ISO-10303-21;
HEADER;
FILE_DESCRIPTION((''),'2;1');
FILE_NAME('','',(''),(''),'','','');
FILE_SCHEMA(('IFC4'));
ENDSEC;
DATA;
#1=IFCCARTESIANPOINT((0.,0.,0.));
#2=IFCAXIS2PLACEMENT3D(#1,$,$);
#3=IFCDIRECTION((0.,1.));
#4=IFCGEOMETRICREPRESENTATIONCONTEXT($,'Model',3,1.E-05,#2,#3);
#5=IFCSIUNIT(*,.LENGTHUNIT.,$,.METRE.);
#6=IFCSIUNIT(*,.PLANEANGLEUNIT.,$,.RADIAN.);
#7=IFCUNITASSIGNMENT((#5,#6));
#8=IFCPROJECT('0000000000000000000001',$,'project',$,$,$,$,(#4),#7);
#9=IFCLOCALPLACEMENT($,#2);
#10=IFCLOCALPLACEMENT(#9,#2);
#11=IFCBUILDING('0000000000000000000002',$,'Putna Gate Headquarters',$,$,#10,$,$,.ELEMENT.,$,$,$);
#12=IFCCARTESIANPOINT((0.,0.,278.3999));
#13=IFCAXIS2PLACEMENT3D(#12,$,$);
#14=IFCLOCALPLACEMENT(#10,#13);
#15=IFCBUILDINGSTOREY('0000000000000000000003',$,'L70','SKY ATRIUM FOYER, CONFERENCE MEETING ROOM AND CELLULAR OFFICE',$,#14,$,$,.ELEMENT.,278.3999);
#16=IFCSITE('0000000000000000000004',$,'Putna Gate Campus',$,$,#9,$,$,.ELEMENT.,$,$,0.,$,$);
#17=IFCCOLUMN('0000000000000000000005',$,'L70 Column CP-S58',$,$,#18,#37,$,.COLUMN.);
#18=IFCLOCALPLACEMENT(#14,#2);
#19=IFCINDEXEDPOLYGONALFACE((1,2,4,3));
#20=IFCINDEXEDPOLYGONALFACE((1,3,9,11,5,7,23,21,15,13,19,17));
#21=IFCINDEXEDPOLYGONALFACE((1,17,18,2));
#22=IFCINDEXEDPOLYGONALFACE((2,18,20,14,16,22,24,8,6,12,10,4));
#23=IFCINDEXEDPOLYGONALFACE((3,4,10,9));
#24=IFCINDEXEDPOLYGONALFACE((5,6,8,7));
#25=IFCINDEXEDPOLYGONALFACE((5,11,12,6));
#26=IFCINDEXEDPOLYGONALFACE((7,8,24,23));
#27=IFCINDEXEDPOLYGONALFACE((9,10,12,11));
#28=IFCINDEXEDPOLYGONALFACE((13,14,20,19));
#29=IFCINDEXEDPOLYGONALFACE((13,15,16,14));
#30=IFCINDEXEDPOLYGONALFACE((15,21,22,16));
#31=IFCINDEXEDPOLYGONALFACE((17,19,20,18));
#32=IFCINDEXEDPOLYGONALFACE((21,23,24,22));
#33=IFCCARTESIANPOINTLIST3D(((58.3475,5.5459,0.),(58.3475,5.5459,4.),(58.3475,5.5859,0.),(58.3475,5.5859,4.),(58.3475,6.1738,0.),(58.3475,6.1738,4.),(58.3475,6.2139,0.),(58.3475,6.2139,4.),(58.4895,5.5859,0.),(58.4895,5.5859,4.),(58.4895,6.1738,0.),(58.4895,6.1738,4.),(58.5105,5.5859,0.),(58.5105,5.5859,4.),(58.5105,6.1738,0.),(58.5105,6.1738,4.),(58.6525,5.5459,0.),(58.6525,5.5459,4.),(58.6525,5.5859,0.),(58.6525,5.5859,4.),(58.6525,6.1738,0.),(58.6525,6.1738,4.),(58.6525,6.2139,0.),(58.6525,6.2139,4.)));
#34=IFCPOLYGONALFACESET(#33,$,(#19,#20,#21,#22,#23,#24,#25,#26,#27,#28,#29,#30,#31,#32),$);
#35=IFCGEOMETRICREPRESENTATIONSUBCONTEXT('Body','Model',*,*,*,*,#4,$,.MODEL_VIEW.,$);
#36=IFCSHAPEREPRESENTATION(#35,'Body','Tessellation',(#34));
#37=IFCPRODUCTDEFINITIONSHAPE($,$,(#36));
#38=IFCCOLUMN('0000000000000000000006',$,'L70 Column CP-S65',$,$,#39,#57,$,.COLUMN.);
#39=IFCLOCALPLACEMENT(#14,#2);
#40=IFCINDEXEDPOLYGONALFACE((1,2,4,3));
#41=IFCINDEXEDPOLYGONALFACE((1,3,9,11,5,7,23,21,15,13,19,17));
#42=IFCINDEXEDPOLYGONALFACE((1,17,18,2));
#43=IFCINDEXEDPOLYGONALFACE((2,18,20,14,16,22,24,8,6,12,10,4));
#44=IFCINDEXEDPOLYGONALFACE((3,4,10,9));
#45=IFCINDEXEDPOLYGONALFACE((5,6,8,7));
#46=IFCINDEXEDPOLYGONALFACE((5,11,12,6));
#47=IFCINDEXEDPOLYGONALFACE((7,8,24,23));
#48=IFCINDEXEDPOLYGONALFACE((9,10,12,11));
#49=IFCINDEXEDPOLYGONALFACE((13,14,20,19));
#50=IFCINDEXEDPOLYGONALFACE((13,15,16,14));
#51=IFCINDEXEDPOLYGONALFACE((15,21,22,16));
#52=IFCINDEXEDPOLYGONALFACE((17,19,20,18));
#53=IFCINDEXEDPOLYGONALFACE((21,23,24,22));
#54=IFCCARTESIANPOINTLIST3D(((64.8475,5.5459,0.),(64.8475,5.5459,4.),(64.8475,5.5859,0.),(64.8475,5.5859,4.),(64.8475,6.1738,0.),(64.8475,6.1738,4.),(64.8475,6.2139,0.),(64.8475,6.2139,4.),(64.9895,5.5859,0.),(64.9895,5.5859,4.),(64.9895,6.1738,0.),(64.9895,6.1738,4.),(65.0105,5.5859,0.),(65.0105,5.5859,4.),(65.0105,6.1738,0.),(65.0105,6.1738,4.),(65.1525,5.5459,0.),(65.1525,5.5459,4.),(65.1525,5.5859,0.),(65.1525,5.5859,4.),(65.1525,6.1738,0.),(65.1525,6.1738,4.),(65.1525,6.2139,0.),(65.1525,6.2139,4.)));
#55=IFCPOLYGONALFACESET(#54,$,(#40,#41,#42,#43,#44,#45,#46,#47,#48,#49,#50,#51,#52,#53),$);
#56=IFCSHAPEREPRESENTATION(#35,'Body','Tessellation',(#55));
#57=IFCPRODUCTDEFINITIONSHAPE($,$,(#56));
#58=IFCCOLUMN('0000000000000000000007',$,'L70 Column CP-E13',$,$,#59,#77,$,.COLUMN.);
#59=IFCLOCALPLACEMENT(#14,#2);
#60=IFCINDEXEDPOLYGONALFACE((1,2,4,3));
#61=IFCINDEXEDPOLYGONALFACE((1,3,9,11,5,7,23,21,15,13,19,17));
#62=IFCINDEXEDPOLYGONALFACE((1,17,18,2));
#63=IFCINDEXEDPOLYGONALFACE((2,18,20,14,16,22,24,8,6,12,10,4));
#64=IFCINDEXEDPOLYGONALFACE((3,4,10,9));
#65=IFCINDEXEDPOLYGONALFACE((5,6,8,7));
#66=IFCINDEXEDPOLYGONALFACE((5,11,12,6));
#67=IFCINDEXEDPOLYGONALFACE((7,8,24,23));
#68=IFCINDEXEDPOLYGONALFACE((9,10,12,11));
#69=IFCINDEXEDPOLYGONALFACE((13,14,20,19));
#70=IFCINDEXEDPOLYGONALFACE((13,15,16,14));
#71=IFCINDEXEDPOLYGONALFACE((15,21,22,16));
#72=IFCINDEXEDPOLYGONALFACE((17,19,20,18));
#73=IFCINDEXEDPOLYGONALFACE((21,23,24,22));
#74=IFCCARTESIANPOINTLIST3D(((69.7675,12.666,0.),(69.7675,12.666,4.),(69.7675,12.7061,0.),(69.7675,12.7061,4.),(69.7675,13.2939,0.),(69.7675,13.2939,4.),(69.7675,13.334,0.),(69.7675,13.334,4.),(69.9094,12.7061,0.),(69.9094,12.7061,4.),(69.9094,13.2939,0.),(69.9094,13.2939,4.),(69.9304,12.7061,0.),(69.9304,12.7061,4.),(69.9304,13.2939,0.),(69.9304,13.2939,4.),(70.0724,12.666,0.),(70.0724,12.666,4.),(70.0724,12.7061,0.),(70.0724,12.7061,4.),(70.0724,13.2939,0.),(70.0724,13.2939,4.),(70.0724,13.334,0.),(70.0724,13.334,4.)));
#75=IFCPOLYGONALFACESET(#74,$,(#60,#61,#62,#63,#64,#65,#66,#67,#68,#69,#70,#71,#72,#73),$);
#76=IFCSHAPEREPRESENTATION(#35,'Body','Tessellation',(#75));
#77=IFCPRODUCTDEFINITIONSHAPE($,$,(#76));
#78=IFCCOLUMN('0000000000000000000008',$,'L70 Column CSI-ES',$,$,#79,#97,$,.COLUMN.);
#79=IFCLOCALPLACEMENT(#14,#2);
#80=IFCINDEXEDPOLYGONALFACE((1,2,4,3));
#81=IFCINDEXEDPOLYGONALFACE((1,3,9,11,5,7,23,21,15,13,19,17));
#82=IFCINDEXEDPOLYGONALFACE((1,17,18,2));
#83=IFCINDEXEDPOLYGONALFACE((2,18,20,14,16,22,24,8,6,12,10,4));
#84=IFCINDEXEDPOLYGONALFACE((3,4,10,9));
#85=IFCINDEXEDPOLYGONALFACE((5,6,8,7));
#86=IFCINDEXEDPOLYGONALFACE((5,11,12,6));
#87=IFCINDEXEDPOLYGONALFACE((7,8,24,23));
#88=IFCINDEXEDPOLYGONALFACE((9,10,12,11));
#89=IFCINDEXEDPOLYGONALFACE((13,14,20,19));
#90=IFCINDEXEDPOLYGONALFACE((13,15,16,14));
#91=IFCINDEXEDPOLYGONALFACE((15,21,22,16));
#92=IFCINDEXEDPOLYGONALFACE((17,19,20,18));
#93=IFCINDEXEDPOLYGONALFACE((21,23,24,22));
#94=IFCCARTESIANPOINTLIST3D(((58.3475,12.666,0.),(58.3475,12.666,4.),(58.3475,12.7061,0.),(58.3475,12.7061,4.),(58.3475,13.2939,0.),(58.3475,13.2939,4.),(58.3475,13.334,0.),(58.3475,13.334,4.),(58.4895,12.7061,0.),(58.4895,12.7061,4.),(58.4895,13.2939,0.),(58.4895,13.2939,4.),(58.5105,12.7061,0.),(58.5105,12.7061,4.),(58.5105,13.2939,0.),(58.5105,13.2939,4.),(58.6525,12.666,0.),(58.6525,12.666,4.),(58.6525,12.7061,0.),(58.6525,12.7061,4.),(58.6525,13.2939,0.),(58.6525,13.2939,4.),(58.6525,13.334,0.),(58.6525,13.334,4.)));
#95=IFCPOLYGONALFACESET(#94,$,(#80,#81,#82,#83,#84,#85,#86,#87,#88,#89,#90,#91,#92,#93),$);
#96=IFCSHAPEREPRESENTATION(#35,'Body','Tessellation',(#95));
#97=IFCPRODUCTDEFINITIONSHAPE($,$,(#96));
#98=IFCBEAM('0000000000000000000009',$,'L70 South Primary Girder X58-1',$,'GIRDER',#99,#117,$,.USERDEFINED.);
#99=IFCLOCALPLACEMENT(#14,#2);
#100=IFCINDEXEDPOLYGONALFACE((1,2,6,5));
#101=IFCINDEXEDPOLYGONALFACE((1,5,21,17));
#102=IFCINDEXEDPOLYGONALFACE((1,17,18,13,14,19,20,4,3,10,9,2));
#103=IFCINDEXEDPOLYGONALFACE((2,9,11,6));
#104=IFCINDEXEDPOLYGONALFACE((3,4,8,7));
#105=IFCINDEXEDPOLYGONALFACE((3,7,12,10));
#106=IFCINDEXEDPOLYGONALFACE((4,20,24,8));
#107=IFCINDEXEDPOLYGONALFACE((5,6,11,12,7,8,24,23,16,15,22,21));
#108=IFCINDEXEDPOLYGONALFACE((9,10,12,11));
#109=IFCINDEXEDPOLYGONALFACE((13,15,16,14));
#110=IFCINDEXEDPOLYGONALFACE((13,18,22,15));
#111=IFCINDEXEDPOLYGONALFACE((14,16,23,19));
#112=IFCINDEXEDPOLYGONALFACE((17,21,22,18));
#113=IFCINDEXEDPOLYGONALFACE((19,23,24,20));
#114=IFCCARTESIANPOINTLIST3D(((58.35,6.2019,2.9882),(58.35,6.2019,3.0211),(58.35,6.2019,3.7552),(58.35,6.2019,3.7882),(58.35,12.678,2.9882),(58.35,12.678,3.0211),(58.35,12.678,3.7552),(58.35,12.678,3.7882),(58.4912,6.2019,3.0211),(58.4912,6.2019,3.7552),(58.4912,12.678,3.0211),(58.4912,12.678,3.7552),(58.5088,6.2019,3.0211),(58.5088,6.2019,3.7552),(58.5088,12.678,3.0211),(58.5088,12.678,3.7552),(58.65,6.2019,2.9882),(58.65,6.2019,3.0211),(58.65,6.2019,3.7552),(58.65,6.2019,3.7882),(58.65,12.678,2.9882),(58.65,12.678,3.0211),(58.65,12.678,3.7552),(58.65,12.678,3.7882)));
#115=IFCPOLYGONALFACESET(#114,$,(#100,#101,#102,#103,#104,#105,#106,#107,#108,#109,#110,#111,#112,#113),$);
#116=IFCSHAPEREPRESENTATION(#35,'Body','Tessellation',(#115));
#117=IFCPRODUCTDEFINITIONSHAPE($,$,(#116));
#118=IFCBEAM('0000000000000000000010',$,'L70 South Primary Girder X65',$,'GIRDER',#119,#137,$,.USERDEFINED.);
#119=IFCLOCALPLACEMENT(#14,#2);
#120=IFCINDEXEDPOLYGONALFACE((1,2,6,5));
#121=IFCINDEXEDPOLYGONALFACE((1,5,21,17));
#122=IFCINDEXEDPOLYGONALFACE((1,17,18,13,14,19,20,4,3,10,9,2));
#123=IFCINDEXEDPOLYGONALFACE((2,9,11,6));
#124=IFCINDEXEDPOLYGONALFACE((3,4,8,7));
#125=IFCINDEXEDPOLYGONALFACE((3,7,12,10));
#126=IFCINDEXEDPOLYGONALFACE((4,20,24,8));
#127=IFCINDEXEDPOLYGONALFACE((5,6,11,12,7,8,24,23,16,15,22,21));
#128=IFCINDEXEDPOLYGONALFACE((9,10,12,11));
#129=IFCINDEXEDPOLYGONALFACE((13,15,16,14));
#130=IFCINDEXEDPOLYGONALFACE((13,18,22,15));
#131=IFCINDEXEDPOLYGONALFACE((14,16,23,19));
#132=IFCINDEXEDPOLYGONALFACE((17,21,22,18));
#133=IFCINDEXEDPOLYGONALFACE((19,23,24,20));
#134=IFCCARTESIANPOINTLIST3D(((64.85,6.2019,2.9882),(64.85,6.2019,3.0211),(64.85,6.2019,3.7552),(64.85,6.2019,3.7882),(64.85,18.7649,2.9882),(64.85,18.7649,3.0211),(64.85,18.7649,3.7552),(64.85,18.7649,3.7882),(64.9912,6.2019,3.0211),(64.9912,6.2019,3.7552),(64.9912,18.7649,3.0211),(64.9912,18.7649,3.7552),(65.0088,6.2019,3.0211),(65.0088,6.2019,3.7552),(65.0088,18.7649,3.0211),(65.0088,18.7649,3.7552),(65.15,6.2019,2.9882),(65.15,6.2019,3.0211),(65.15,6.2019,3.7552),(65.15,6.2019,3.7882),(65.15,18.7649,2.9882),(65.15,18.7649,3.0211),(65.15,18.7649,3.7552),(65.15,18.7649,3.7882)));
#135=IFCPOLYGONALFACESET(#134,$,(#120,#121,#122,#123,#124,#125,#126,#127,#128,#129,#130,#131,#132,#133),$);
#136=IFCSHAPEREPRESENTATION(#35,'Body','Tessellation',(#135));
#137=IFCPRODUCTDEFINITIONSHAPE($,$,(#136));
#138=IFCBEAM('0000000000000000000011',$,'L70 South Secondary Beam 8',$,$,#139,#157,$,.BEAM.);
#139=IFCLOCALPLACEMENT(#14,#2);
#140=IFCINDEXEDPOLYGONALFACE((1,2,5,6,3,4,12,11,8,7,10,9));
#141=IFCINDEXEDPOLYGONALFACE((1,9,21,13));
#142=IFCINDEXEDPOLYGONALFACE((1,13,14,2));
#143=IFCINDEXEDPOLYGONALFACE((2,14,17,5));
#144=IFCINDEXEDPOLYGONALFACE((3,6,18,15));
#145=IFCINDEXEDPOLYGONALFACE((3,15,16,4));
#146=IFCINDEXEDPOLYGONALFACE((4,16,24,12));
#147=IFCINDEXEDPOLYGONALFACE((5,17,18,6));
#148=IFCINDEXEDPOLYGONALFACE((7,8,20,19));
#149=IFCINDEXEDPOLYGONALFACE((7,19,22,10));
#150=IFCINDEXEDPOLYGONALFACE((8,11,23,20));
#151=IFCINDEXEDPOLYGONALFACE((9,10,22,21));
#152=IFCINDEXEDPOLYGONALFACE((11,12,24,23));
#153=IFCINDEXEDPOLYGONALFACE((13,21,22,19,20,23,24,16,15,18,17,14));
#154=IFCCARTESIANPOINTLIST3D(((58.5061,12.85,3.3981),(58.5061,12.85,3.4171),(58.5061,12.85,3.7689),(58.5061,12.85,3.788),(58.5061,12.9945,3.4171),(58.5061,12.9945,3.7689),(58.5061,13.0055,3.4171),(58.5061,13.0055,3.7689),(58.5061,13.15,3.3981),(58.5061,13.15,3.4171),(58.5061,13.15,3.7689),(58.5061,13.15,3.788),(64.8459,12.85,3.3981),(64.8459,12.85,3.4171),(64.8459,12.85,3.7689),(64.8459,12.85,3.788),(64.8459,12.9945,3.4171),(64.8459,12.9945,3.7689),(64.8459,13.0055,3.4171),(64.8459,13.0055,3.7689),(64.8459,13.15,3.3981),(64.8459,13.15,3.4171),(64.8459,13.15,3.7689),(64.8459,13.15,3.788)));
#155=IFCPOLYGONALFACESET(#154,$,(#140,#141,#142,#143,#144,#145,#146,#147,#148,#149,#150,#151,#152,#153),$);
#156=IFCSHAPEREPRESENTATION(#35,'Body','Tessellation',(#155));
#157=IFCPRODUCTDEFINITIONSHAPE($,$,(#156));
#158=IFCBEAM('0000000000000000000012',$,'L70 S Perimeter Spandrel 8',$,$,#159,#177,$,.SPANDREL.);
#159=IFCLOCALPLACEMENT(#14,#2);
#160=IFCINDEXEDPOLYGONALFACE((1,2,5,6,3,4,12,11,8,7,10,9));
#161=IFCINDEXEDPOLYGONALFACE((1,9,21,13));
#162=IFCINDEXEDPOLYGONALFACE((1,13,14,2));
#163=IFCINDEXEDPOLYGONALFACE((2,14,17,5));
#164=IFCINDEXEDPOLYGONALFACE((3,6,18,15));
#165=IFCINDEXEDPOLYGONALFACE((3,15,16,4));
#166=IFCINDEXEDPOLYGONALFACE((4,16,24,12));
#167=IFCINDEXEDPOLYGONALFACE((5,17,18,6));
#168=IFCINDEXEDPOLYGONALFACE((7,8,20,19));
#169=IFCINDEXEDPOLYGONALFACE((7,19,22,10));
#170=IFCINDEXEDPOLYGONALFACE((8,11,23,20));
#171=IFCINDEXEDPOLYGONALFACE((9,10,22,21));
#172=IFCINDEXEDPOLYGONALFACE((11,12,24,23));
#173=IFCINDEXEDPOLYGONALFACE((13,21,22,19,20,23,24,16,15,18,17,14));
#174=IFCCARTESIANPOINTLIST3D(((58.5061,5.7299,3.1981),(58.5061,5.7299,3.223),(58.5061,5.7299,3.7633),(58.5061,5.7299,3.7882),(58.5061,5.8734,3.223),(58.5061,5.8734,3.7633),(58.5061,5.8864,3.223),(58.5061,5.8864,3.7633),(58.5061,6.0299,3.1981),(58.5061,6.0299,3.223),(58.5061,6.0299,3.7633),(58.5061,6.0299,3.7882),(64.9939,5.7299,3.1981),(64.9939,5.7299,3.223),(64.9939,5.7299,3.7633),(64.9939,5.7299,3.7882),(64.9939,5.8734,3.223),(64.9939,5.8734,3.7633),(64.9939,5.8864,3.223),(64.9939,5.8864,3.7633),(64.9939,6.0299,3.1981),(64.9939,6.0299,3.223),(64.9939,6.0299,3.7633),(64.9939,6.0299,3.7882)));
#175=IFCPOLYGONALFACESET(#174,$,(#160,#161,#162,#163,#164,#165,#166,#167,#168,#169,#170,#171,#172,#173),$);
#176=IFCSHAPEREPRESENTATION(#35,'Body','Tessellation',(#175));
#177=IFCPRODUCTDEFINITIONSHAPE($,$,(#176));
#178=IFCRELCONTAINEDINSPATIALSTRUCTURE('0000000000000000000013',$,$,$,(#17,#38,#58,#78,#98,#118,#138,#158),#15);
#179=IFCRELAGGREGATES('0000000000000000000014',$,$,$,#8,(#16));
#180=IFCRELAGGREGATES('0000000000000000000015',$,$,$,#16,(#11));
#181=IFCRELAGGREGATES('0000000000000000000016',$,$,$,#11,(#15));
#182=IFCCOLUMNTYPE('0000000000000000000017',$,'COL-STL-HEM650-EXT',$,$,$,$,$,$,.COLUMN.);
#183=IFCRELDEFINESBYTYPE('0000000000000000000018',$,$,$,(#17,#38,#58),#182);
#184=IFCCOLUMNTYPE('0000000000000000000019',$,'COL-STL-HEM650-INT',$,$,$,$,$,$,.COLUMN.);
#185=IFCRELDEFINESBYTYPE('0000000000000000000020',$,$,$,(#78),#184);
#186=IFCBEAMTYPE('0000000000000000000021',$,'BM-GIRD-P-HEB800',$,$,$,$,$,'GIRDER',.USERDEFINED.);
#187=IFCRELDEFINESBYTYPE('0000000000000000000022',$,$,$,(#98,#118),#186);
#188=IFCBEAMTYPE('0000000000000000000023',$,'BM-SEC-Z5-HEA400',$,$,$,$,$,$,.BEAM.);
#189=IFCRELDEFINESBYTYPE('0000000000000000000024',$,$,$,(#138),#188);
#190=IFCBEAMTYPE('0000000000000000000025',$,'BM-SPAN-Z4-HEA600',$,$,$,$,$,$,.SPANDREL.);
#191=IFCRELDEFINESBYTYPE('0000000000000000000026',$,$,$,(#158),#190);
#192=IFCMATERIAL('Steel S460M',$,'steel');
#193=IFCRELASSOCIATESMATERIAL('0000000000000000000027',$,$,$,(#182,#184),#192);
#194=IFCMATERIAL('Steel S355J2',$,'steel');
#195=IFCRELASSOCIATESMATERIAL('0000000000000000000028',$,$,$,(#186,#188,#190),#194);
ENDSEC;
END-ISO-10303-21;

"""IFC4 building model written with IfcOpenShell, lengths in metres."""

from ifc_helpers import new_model, si_unit, direction, frame, origin, origin_2d, place, context, subcontext, project, spatial, i_section, extrude, material, material_profile, profile_set, type_object, element, save


model = new_model("IFC4")

# Units and contexts
model_context = context("Model", 3, precision=1e-05, world=origin(), true_north=direction((0.0, 1.0)))
body_context = subcontext(model_context, "Body", "Model", "MODEL_VIEW")
ifc_project = project(units=[si_unit("LENGTHUNIT", "METRE"), si_unit("PLANEANGLEUNIT", "RADIAN")], contexts=[model_context])

# Site, building, storey
site_placement = place(None, origin())
site = spatial("IfcSite", under=ifc_project, at=site_placement, Name="Putna Gate Campus", CompositionType="ELEMENT", RefElevation=0.0)
building_placement = place(site_placement, origin())
building = spatial("IfcBuilding", under=site, at=building_placement, Name="Putna Gate Headquarters", CompositionType="ELEMENT")
storey_placement = place(building_placement, frame((0.0, 0.0, 278.3999)))
storey = spatial("IfcBuildingStorey", under=building, at=storey_placement, Name="L70", Description="SKY ATRIUM FOYER, CONFERENCE MEETING ROOM AND CELLULAR OFFICE", CompositionType="ELEMENT", Elevation=278.3999)

# Columns
ifc_material_1 = material(Name="Steel S460M", Category="steel")
ifc_material_profile_1 = material_profile(ifc_material_1, i_section(OverallWidth=0.3049, OverallDepth=0.668, WebThickness=0.021, FlangeThickness=0.04, at=origin_2d()), Name="Steel S460M")
ifc_profile_set_1 = profile_set([ifc_material_profile_1], Name="Steel S460M")
column_type_1 = type_object("IfcColumnType", Name="COL-STL-HEM650-EXT", PredefinedType="COLUMN", material=ifc_profile_set_1)
for number, where, z_axis, x_axis, name in (
    (1, (58.5, 5.8799, 0.0), (0.0, 0.0, 1.0), (1.0, 0.0, 0.0), "L70 Column CP-S58"),
    (2, (65.0, 5.8799, 0.0), (0.0, 0.0, 1.0), (1.0, 0.0, 0.0), "L70 Column CP-S65"),
    (3, (69.9199, 13.0, 0.0), (0.0, 0.0, 1.0), (1.0, 0.0, 0.0), "L70 Column CP-E13"),
):
    element("IfcColumn", number, at=place(storey_placement, frame(where, z_axis=z_axis, x_axis=x_axis)), inside=storey, type_object=column_type_1, Name=name, PredefinedType="COLUMN", context=body_context, shape_type="SweptSolid", body=[
        extrude(i_section(OverallWidth=0.3049, OverallDepth=0.668, WebThickness=0.021, FlangeThickness=0.04, at=origin_2d()), origin(), (0.0, 0.0, 1.0), 4.0),
    ])
ifc_material_profile_2 = material_profile(ifc_material_1, i_section(OverallWidth=0.3049, OverallDepth=0.668, WebThickness=0.021, FlangeThickness=0.04, at=origin_2d()), Name="Steel S460M")
ifc_profile_set_2 = profile_set([ifc_material_profile_2], Name="Steel S460M")
column_type_2 = type_object("IfcColumnType", Name="COL-STL-HEM650-INT", PredefinedType="COLUMN", material=ifc_profile_set_2)
column_placement = place(storey_placement, frame((58.5, 13.0, 0.0), z_axis=(0.0, 0.0, 1.0), x_axis=(1.0, 0.0, 0.0)))
element("IfcColumn", 4, at=column_placement, inside=storey, type_object=column_type_2, Name="L70 Column CSI-ES", PredefinedType="COLUMN", context=body_context, shape_type="SweptSolid", body=[
    extrude(i_section(OverallWidth=0.3049, OverallDepth=0.668, WebThickness=0.021, FlangeThickness=0.04, at=origin_2d()), origin(), (0.0, 0.0, 1.0), 4.0),
])

# Beams
ifc_material_2 = material(Name="Steel S355J2", Category="steel")
ifc_material_profile_3 = material_profile(ifc_material_2, i_section(OverallWidth=0.3, OverallDepth=0.8, WebThickness=0.0176, FlangeThickness=0.033, at=origin_2d()), Name="Steel S355J2")
ifc_profile_set_3 = profile_set([ifc_material_profile_3], Name="Steel S355J2")
beam_type_1 = type_object("IfcBeamType", Name="BM-GIRD-P-HEB800", ElementType="GIRDER", PredefinedType="USERDEFINED", material=ifc_profile_set_3)
beam_1_placement = place(storey_placement, frame((58.5, 6.2019, 3.3882), z_axis=(0.0, 1.0, 0.0), x_axis=(-1.0, 0.0, 0.0)))
element("IfcBeam", 5, at=beam_1_placement, inside=storey, type_object=beam_type_1, Name="L70 South Primary Girder X58-1", ObjectType="GIRDER", PredefinedType="USERDEFINED", context=body_context, shape_type="SweptSolid", body=[
    extrude(i_section(OverallWidth=0.3, OverallDepth=0.8, WebThickness=0.0176, FlangeThickness=0.033, at=origin_2d()), origin(), (0.0, 0.0, 1.0), 6.4761),
])
beam_2_placement = place(storey_placement, frame((65.0, 6.2019, 3.3882), z_axis=(0.0, 1.0, 0.0), x_axis=(-1.0, 0.0, 0.0)))
element("IfcBeam", 6, at=beam_2_placement, inside=storey, type_object=beam_type_1, Name="L70 South Primary Girder X65", ObjectType="GIRDER", PredefinedType="USERDEFINED", context=body_context, shape_type="SweptSolid", body=[
    extrude(i_section(OverallWidth=0.3, OverallDepth=0.8, WebThickness=0.0176, FlangeThickness=0.033, at=origin_2d()), origin(), (0.0, 0.0, 1.0), 12.563),
])
ifc_material_profile_4 = material_profile(ifc_material_2, i_section(OverallWidth=0.3, OverallDepth=0.3899, WebThickness=0.011, FlangeThickness=0.019, at=origin_2d()), Name="Steel S355J2")
ifc_profile_set_4 = profile_set([ifc_material_profile_4], Name="Steel S355J2")
beam_type_2 = type_object("IfcBeamType", Name="BM-SEC-Z5-HEA400", PredefinedType="BEAM", material=ifc_profile_set_4)
beam_3_placement = place(storey_placement, frame((58.5061, 13.0, 3.593), z_axis=(1.0, 0.0, 0.0), x_axis=(0.0, 1.0, 0.0)))
element("IfcBeam", 7, at=beam_3_placement, inside=storey, type_object=beam_type_2, Name="L70 South Secondary Beam 8", PredefinedType="BEAM", context=body_context, shape_type="SweptSolid", body=[
    extrude(i_section(OverallWidth=0.3, OverallDepth=0.3899, WebThickness=0.011, FlangeThickness=0.019, at=origin_2d()), origin(), (0.0, 0.0, 1.0), 6.3398),
])
ifc_material_profile_5 = material_profile(ifc_material_2, i_section(OverallWidth=0.3, OverallDepth=0.5901, WebThickness=0.0129, FlangeThickness=0.0249, at=origin_2d()), Name="Steel S355J2")
ifc_profile_set_5 = profile_set([ifc_material_profile_5], Name="Steel S355J2")
beam_type_3 = type_object("IfcBeamType", Name="BM-SPAN-Z4-HEA600", PredefinedType="SPANDREL", material=ifc_profile_set_5)
beam_4_placement = place(storey_placement, frame((58.5061, 5.8799, 3.4932), z_axis=(1.0, 0.0, 0.0), x_axis=(0.0, 1.0, 0.0)))
element("IfcBeam", 8, at=beam_4_placement, inside=storey, type_object=beam_type_3, Name="L70 S Perimeter Spandrel 8", PredefinedType="SPANDREL", context=body_context, shape_type="SweptSolid", body=[
    extrude(i_section(OverallWidth=0.3, OverallDepth=0.5901, WebThickness=0.0129, FlangeThickness=0.0249, at=origin_2d()), origin(), (0.0, 0.0, 1.0), 6.4878),
])

save(model, "model.ifc")
